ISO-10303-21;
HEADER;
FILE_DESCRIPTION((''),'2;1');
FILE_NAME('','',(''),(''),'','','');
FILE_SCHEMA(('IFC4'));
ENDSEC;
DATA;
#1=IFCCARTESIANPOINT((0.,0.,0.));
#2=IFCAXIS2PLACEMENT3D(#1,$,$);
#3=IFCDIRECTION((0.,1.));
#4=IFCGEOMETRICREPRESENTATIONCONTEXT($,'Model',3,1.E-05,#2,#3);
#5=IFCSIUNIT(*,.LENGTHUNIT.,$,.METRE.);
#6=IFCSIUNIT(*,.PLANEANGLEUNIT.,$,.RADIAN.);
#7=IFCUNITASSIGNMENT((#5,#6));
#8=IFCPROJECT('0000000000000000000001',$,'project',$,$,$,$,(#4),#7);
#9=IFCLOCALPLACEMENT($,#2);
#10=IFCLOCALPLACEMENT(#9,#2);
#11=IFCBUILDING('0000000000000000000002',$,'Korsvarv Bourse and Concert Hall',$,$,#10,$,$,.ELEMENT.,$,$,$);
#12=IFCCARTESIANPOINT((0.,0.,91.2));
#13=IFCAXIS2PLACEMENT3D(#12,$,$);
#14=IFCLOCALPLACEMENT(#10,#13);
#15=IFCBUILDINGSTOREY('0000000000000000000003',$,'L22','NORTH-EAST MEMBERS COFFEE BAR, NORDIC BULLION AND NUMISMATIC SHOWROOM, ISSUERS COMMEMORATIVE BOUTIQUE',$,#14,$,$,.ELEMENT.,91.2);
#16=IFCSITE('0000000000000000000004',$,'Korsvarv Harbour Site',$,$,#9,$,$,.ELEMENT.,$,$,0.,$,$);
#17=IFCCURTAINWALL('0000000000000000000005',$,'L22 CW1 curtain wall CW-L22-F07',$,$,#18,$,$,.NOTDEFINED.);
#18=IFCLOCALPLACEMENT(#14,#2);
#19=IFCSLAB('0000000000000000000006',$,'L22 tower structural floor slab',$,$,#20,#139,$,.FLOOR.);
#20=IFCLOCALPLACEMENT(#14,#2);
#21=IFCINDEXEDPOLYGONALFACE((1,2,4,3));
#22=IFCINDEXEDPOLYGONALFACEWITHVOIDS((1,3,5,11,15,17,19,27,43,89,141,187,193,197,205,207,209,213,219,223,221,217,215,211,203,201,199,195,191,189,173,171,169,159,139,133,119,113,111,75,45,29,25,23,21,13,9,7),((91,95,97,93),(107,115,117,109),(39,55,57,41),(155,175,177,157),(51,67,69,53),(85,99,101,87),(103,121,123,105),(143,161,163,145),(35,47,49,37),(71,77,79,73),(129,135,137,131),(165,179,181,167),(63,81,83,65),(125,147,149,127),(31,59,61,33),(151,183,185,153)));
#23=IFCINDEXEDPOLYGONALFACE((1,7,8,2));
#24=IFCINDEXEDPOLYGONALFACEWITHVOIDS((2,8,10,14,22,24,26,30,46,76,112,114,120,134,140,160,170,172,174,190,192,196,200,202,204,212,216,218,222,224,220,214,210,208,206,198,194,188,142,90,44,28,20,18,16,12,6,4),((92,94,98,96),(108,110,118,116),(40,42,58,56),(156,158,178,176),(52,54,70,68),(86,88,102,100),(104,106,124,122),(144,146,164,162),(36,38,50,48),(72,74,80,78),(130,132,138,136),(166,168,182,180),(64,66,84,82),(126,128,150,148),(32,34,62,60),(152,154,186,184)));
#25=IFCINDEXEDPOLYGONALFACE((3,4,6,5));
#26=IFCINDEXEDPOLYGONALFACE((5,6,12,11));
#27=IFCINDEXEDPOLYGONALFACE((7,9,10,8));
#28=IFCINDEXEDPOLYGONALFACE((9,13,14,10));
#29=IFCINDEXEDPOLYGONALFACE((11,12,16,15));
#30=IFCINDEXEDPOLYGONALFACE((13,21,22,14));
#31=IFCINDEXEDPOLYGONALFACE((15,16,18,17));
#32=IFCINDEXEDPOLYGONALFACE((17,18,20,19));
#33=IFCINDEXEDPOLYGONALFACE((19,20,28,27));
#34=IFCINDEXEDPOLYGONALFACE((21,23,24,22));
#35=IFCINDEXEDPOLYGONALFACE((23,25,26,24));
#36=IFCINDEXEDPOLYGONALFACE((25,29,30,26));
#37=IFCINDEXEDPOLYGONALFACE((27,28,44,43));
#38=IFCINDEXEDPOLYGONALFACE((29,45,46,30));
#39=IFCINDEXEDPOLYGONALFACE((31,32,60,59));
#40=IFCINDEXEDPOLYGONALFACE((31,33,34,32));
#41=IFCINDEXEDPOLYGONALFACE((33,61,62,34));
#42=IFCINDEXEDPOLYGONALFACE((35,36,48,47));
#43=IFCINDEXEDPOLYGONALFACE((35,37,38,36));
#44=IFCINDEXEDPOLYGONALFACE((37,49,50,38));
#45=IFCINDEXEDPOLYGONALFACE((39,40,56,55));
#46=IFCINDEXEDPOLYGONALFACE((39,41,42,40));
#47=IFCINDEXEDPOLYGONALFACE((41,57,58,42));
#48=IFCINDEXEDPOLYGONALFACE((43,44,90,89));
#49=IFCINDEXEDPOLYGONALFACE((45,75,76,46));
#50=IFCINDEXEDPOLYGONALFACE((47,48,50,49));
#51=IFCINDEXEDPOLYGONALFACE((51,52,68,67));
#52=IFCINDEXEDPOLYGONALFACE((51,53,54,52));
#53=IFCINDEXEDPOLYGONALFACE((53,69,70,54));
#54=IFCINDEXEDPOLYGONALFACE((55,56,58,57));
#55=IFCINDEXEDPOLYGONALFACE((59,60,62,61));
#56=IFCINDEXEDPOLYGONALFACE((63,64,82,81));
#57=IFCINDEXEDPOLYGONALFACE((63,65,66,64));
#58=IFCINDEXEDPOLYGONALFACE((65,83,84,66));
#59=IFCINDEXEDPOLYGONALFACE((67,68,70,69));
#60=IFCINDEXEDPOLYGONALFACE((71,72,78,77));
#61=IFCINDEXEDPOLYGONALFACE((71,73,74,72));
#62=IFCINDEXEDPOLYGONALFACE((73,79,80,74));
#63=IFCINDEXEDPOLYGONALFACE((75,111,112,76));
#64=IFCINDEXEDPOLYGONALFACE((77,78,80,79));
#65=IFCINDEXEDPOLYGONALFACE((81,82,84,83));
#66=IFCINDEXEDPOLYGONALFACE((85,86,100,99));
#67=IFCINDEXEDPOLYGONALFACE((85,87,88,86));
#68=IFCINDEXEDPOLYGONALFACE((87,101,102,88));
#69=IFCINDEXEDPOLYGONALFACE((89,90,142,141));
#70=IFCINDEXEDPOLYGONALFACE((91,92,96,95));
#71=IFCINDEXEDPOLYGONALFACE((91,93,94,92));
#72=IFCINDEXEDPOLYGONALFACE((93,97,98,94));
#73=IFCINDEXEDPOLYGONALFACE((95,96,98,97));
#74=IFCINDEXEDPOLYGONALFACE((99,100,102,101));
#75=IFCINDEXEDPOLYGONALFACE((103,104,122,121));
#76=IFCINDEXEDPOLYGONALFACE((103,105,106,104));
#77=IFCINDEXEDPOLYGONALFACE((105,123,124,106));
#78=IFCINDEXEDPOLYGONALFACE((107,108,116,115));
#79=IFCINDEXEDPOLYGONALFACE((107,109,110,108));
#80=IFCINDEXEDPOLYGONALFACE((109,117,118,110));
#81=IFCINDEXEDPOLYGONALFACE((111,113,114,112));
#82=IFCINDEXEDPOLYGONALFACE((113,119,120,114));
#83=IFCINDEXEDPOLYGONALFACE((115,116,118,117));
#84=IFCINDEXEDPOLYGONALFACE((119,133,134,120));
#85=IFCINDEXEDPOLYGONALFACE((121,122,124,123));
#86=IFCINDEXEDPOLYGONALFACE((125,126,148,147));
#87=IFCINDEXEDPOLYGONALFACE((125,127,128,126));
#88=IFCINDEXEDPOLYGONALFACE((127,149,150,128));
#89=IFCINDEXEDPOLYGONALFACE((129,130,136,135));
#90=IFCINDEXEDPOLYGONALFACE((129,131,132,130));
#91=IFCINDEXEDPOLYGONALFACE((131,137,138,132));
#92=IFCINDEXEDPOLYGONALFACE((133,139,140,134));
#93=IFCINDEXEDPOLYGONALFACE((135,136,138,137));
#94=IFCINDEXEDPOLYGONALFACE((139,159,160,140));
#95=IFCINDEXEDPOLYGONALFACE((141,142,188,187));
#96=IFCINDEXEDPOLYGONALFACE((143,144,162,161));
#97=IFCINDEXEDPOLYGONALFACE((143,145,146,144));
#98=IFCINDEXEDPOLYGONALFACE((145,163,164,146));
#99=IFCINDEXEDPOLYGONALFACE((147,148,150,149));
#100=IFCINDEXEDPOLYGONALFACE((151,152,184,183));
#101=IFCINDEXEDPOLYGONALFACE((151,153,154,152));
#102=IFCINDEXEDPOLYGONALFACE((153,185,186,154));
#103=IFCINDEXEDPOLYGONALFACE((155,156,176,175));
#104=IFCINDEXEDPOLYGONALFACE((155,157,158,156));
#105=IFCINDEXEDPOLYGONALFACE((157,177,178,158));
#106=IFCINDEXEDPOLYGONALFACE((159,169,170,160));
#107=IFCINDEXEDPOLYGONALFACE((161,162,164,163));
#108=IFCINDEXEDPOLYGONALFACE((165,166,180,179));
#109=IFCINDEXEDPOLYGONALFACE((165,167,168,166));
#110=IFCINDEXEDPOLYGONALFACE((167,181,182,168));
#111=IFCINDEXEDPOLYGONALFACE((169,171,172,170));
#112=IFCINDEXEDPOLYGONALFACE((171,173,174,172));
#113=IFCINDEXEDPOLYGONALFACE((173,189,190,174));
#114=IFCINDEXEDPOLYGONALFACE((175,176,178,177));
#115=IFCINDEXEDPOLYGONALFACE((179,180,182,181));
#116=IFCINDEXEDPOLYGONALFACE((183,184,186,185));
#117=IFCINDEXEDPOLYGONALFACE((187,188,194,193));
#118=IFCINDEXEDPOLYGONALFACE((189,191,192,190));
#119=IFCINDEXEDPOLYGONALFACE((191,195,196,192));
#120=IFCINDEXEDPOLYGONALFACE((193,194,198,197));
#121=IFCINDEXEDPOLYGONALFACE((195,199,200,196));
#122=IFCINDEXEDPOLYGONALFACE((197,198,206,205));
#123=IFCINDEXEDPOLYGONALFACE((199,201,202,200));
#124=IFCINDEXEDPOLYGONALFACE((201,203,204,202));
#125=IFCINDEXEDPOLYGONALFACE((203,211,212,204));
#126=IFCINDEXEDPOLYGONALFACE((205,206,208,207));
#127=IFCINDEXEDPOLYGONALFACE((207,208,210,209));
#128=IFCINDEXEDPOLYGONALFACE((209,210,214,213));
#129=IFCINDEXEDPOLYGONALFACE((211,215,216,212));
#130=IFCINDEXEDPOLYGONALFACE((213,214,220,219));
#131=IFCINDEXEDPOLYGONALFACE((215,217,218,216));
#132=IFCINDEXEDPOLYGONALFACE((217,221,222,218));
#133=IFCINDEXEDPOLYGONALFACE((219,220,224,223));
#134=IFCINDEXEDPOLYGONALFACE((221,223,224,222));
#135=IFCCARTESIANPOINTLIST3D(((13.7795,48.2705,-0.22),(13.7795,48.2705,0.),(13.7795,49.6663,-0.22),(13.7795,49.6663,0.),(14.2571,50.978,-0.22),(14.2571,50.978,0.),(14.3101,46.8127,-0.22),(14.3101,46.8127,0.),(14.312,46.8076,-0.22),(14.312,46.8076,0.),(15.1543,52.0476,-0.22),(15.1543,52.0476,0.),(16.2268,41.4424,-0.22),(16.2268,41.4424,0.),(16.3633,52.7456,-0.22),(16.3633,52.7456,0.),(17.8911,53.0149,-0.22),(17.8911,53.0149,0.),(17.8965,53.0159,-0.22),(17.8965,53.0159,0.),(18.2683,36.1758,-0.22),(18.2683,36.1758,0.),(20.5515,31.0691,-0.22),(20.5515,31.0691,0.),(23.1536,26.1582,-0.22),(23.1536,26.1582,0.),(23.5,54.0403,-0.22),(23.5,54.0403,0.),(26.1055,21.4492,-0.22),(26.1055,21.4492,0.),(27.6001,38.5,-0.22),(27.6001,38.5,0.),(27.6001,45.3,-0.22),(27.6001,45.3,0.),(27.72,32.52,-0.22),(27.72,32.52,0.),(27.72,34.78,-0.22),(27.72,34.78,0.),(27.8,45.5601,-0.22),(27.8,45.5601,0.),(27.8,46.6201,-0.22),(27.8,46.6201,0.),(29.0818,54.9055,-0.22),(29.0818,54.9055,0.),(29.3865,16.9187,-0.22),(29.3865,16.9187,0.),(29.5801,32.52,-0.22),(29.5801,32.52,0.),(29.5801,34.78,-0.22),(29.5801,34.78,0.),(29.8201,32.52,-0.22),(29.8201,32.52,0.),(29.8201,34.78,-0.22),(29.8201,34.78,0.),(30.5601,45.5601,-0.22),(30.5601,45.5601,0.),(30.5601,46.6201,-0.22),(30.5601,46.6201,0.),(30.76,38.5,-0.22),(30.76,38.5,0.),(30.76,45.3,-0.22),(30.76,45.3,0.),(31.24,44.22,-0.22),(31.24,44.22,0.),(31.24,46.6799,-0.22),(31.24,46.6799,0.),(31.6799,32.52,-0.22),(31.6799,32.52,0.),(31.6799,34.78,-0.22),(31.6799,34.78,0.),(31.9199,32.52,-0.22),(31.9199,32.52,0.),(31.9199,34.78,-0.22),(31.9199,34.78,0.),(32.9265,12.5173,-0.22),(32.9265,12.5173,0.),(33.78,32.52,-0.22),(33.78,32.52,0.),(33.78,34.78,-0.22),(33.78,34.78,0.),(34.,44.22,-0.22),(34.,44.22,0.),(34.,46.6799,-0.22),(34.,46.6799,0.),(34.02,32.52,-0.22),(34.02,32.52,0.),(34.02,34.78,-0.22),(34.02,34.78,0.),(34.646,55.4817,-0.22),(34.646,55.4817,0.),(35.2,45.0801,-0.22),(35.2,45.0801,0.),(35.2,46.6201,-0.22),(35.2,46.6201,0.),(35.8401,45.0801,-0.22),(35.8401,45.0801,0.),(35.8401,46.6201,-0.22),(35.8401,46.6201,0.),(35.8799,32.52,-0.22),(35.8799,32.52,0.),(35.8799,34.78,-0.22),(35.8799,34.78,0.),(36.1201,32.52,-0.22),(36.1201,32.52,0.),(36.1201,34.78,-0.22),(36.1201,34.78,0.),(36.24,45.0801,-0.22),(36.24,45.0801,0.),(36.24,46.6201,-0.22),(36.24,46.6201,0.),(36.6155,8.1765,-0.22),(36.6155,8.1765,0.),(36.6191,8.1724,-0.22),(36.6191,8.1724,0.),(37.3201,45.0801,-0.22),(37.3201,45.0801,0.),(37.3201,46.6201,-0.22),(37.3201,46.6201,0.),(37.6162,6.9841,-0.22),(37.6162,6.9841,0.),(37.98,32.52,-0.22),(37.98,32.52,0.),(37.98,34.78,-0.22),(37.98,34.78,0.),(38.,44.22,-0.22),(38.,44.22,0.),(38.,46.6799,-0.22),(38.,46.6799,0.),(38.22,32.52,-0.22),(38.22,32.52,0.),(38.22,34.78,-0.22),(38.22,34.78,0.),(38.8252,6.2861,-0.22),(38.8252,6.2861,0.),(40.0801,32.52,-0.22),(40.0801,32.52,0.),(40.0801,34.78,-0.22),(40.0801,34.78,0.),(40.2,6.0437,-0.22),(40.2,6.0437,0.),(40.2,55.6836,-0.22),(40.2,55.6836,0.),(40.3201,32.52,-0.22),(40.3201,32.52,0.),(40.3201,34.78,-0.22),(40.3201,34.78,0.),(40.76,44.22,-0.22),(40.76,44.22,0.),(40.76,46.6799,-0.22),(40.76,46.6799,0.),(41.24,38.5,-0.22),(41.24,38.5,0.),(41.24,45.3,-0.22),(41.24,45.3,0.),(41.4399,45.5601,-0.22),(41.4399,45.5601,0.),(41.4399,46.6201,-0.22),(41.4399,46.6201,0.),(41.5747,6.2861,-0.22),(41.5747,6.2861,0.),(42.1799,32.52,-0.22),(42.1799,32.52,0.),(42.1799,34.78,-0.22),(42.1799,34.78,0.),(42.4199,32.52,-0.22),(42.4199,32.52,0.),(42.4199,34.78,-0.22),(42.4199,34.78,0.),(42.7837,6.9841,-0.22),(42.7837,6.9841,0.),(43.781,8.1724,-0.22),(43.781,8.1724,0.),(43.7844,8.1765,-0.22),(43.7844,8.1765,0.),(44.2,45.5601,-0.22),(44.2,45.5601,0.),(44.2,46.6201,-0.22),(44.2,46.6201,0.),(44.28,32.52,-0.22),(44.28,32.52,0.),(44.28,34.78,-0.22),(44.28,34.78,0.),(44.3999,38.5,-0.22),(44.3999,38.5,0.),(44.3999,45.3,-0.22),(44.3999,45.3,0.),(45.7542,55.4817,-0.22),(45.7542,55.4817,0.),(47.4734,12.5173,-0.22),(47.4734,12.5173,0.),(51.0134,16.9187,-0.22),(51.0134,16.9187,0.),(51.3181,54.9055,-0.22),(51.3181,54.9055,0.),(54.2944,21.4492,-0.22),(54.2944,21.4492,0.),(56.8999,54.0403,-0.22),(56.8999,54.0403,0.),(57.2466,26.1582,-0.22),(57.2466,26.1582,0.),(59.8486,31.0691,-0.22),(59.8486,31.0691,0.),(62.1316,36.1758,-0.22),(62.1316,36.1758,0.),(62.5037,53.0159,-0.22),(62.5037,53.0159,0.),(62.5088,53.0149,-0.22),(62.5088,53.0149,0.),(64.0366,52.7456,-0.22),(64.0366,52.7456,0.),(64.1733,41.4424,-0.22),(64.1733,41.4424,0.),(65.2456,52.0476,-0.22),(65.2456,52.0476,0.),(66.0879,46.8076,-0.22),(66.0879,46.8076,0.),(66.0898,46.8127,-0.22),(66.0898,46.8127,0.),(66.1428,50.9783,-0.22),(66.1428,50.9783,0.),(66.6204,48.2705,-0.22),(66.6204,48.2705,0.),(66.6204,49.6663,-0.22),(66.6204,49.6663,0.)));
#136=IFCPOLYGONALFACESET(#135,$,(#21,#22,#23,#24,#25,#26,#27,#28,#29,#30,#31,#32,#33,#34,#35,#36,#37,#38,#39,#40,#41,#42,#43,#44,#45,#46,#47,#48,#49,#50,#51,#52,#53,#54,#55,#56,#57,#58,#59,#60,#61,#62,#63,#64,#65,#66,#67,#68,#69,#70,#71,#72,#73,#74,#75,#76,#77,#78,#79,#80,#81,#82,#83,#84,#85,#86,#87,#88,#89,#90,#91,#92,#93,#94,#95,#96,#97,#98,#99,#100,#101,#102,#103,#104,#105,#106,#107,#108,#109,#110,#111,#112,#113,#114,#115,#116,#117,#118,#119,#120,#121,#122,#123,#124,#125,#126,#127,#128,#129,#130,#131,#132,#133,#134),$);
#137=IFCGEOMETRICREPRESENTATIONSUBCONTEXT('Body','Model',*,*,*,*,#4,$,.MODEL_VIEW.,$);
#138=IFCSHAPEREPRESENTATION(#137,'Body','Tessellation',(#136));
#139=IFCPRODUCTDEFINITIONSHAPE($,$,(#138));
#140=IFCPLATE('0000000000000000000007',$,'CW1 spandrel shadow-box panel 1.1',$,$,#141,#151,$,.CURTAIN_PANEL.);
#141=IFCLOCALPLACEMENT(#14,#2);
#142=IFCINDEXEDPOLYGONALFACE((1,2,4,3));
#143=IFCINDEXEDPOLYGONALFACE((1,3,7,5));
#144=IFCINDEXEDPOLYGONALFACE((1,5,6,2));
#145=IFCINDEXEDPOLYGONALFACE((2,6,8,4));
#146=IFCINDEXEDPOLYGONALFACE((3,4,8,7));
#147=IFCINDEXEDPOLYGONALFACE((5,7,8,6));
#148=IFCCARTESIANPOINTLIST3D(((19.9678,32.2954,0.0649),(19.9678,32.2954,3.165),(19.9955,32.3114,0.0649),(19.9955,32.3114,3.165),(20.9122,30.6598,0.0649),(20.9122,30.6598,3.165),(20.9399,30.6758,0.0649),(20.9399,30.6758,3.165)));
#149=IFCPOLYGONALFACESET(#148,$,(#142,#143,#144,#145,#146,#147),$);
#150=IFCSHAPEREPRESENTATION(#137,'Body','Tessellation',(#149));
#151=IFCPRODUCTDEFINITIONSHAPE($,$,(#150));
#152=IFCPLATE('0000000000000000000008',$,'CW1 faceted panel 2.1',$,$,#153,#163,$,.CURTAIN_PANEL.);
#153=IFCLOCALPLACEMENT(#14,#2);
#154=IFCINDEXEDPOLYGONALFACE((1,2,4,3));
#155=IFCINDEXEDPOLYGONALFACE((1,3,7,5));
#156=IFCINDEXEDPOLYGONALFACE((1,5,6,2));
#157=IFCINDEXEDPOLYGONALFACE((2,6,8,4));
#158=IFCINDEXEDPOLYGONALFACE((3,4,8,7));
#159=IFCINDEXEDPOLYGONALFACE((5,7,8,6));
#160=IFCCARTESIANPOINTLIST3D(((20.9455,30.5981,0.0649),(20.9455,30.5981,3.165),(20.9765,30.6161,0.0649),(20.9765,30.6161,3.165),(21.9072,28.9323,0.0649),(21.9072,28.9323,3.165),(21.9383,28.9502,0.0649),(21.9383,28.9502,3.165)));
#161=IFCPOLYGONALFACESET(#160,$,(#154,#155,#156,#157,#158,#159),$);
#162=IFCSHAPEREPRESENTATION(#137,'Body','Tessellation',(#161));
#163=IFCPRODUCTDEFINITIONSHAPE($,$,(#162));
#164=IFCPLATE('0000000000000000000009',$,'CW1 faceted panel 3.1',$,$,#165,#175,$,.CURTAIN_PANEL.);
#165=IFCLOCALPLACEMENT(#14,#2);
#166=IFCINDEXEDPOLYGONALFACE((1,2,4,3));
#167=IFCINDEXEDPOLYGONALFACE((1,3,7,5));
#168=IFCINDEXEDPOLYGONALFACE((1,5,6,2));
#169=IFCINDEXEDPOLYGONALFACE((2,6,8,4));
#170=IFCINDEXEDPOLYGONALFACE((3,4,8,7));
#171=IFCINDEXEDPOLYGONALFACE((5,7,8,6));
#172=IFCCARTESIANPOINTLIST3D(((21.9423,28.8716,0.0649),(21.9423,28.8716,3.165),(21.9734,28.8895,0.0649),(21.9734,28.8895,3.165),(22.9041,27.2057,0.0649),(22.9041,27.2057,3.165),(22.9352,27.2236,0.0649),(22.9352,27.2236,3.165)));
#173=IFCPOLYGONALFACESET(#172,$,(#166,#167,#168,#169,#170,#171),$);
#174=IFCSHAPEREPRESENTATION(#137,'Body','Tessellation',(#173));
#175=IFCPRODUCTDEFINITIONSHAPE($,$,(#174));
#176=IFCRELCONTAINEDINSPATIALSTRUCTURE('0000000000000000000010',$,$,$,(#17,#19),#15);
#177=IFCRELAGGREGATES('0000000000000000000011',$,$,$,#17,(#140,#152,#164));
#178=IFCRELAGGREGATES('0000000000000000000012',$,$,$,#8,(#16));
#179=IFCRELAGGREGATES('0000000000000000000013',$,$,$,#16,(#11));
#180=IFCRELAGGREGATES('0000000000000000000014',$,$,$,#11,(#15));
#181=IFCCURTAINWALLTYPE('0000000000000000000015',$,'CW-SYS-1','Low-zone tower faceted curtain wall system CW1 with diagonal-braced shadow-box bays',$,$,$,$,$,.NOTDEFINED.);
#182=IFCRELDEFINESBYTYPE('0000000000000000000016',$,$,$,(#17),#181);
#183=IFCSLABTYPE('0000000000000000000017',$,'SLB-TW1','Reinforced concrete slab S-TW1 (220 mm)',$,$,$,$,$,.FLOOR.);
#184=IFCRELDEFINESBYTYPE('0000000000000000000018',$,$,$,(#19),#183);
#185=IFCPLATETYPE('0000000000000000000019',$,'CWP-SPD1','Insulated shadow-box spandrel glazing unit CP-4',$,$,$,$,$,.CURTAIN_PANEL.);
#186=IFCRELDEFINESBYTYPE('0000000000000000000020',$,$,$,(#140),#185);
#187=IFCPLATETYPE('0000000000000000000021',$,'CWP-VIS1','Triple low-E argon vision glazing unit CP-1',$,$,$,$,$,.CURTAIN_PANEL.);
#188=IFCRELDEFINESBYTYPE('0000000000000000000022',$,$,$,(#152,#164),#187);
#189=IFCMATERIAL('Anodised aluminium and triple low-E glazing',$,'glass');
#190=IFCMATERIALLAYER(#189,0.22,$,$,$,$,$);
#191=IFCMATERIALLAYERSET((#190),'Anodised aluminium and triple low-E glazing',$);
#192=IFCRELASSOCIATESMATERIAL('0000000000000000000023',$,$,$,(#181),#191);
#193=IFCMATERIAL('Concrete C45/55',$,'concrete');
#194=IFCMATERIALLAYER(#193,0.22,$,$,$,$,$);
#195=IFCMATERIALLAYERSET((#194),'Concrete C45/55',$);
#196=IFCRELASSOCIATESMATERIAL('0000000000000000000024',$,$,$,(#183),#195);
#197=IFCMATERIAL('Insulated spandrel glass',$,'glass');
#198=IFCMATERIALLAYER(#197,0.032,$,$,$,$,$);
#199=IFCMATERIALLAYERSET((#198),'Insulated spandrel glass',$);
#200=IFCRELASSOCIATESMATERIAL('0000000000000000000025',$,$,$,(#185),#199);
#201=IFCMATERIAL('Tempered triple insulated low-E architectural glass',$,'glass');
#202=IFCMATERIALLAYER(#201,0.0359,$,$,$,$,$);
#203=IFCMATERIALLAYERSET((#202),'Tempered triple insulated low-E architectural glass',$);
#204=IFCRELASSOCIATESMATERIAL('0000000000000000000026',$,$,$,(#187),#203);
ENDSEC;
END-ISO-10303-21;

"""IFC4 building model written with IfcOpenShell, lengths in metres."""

from ifc_helpers import new_model, si_unit, direction, frame, origin, origin_2d, place, context, subcontext, project, spatial, polyline, rectangle, outline, extrude, source, transform, mapped, material, layer, layer_set, type_object, element, aggregate, save


model = new_model("IFC4")

# Units and contexts
model_context = context("Model", 3, precision=1e-05, world=origin(), true_north=direction((0.0, 1.0)))
body_context = subcontext(model_context, "Body", "Model", "MODEL_VIEW")
ifc_project = project(units=[si_unit("LENGTHUNIT", "METRE"), si_unit("PLANEANGLEUNIT", "RADIAN")], contexts=[model_context])

# Site, building, storey
site_placement = place(None, origin())
site = spatial("IfcSite", under=ifc_project, at=site_placement, Name="Korsvarv Harbour Site", CompositionType="ELEMENT", RefElevation=0.0)
building_placement = place(site_placement, origin())
building = spatial("IfcBuilding", under=site, at=building_placement, Name="Korsvarv Bourse and Concert Hall", CompositionType="ELEMENT")
storey_placement = place(building_placement, frame((0.0, 0.0, 91.2)))
storey = spatial("IfcBuildingStorey", under=building, at=storey_placement, Name="L22", Description="NORTH-EAST MEMBERS COFFEE BAR, NORDIC BULLION AND NUMISMATIC SHOWROOM, ISSUERS COMMEMORATIVE BOUTIQUE", CompositionType="ELEMENT", Elevation=91.2)

# Curtain wall
ifc_material_1 = material(Name="Anodised aluminium and triple low-E glazing", Category="glass")
ifc_layer_1 = layer(ifc_material_1, 0.22)
ifc_layer_set_1 = layer_set([ifc_layer_1], Name="Anodised aluminium and triple low-E glazing")
curtain_wall_type = type_object("IfcCurtainWallType", Name="CW-SYS-1", Description="Low-zone tower faceted curtain wall system CW1 with diagonal-braced shadow-box bays", PredefinedType="NOTDEFINED", material=ifc_layer_set_1)
curtain_wall_placement = place(storey_placement, origin())
curtain_wall = element("IfcCurtainWall", 1, at=curtain_wall_placement, inside=storey, type_object=curtain_wall_type, Name="L22 CW1 curtain wall CW-L22-F07", PredefinedType="NOTDEFINED")

# Slab
ifc_material_2 = material(Name="Concrete C45/55", Category="concrete")
ifc_layer_2 = layer(ifc_material_2, 0.22)
ifc_layer_set_2 = layer_set([ifc_layer_2], Name="Concrete C45/55")
slab_type_1 = type_object("IfcSlabType", Name="SLB-TW1", Description="Reinforced concrete slab S-TW1 (220 mm)", PredefinedType="FLOOR", material=ifc_layer_set_2)
slab_1_placement = place(storey_placement, frame((0.0, 0.0, -0.22)))
element("IfcSlab", 2, at=slab_1_placement, inside=storey, type_object=slab_type_1, Name="L22 tower structural floor slab", PredefinedType="FLOOR", context=body_context, shape_type="SweptSolid", body=[
    extrude(outline(polyline([(66.0879, 46.8076), (64.1733, 41.4424), (62.1316, 36.1758), (59.8486, 31.0691), (57.2466, 26.1582), (54.2944, 21.4492), (51.0134, 16.9187), (47.4734, 12.5173), (43.7844, 8.1765), (43.781, 8.1724), (42.7837, 6.9841), (41.5747, 6.2861), (40.2, 6.0437), (38.8252, 6.2861), (37.6162, 6.9841), (36.6191, 8.1724), (36.6155, 8.1765), (32.9265, 12.5173), (29.3865, 16.9187), (26.1055, 21.4492), (23.1536, 26.1582), (20.5515, 31.0691), (18.2683, 36.1758), (16.2268, 41.4424), (14.312, 46.8076), (14.3101, 46.8127), (13.7795, 48.2705), (13.7795, 49.6663), (14.2571, 50.978), (15.1543, 52.0476), (16.3633, 52.7456), (17.8911, 53.0149), (17.8965, 53.0159), (23.5, 54.0403), (29.0818, 54.9055), (34.646, 55.4817), (40.2, 55.6836), (45.7542, 55.4817), (51.3181, 54.9055), (56.8999, 54.0403), (62.5037, 53.0159), (62.5088, 53.0149), (64.0366, 52.7456), (65.2456, 52.0476), (66.1428, 50.9783), (66.6204, 49.6663), (66.6204, 48.2705), (66.0898, 46.8127), (66.0879, 46.8076)]), holes=[polyline([(30.76, 38.5), (30.76, 45.3), (27.6001, 45.3), (27.6001, 38.5), (30.76, 38.5)]), polyline([(44.3999, 38.5), (44.3999, 45.3), (41.24, 45.3), (41.24, 38.5), (44.3999, 38.5)]), polyline([(31.24, 44.22), (34.0, 44.22), (34.0, 46.6799), (31.24, 46.6799), (31.24, 44.22)]), polyline([(38.0, 44.22), (40.76, 44.22), (40.76, 46.6799), (38.0, 46.6799), (38.0, 44.22)]), polyline([(27.72, 32.52), (29.5801, 32.52), (29.5801, 34.78), (27.72, 34.78), (27.72, 32.52)]), polyline([(29.8201, 32.52), (31.6799, 32.52), (31.6799, 34.78), (29.8201, 34.78), (29.8201, 32.52)]), polyline([(31.9199, 32.52), (33.78, 32.52), (33.78, 34.78), (31.9199, 34.78), (31.9199, 32.52)]), polyline([(34.02, 32.52), (35.8799, 32.52), (35.8799, 34.78), (34.02, 34.78), (34.02, 32.52)]), polyline([(36.1201, 32.52), (37.98, 32.52), (37.98, 34.78), (36.1201, 34.78), (36.1201, 32.52)]), polyline([(38.22, 32.52), (40.0801, 32.52), (40.0801, 34.78), (38.22, 34.78), (38.22, 32.52)]), polyline([(40.3201, 32.52), (42.1799, 32.52), (42.1799, 34.78), (40.3201, 34.78), (40.3201, 32.52)]), polyline([(42.4199, 32.52), (44.28, 32.52), (44.28, 34.78), (42.4199, 34.78), (42.4199, 32.52)]), polyline([(27.8, 45.5601), (30.5601, 45.5601), (30.5601, 46.6201), (27.8, 46.6201), (27.8, 45.5601)]), polyline([(41.4399, 45.5601), (44.2, 45.5601), (44.2, 46.6201), (41.4399, 46.6201), (41.4399, 45.5601)]), polyline([(35.2, 45.0801), (35.8401, 45.0801), (35.8401, 46.6201), (35.2, 46.6201), (35.2, 45.0801)]), polyline([(36.24, 45.0801), (37.3201, 45.0801), (37.3201, 46.6201), (36.24, 46.6201), (36.24, 45.0801)])]), origin(), (0.0, 0.0, 1.0), 0.22),
])

# Plates
ifc_material_3 = material(Name="Insulated spandrel glass", Category="glass")
ifc_layer_3 = layer(ifc_material_3, 0.032)
ifc_layer_set_3 = layer_set([ifc_layer_3], Name="Insulated spandrel glass")
plate_type_1 = type_object("IfcPlateType", Name="CWP-SPD1", Description="Insulated shadow-box spandrel glazing unit CP-4", PredefinedType="CURTAIN_PANEL", material=ifc_layer_set_3)
shared_shape_1 = source(origin(), body_context, "Body", "SweptSolid", [
    extrude(rectangle(XDim=1.8887, YDim=0.032, at=origin_2d()), origin(), (0.0, 0.0, 1.0), 3.1001),
])
plate_1_placement = place(storey_placement, frame((20.4539, 31.4856, 0.0649), z_axis=(0.0, 0.0, 1.0), x_axis=(0.499999, -0.866026, 0.0)))
plate_1 = element("IfcPlate", 3, at=plate_1_placement, type_object=plate_type_1, Name="CW1 spandrel shadow-box panel 1.1", PredefinedType="CURTAIN_PANEL", context=body_context, shape_type="MappedRepresentation", body=[
    mapped(shared_shape_1, transform((0.0, 0.0, 0.0), scale=1.0)),
])
ifc_material_4 = material(Name="Tempered triple insulated low-E architectural glass", Category="glass")
ifc_layer_4 = layer(ifc_material_4, 0.0359)
ifc_layer_set_4 = layer_set([ifc_layer_4], Name="Tempered triple insulated low-E architectural glass")
plate_type_2 = type_object("IfcPlateType", Name="CWP-VIS1", Description="Triple low-E argon vision glazing unit CP-1", PredefinedType="CURTAIN_PANEL", material=ifc_layer_set_4)
shared_shape_2 = source(origin(), body_context, "Body", "SweptSolid", [
    extrude(rectangle(XDim=1.9236, YDim=0.0359, at=origin_2d()), origin(), (0.0, 0.0, 1.0), 3.1001),
])
plate_2_placement = place(storey_placement, frame((21.4419, 29.7742, 0.0649), z_axis=(0.0, 0.0, 1.0), x_axis=(0.499999, -0.866026, 0.0)))
plate_2 = element("IfcPlate", 4, at=plate_2_placement, type_object=plate_type_2, Name="CW1 faceted panel 2.1", PredefinedType="CURTAIN_PANEL", context=body_context, shape_type="MappedRepresentation", body=[
    mapped(shared_shape_2, transform((0.0, 0.0, 0.0), scale=1.0)),
])
plate_3_placement = place(storey_placement, frame((22.4387, 28.0476, 0.0649), z_axis=(0.0, 0.0, 1.0), x_axis=(0.499999, -0.866026, 0.0)))
plate_3 = element("IfcPlate", 5, at=plate_3_placement, type_object=plate_type_2, Name="CW1 faceted panel 3.1", PredefinedType="CURTAIN_PANEL", context=body_context, shape_type="MappedRepresentation", body=[
    mapped(shared_shape_2, transform((0.0, 0.0, 0.0), scale=1.0)),
])
aggregate(curtain_wall, [plate_1, plate_2, plate_3])

save(model, "model.ifc")
